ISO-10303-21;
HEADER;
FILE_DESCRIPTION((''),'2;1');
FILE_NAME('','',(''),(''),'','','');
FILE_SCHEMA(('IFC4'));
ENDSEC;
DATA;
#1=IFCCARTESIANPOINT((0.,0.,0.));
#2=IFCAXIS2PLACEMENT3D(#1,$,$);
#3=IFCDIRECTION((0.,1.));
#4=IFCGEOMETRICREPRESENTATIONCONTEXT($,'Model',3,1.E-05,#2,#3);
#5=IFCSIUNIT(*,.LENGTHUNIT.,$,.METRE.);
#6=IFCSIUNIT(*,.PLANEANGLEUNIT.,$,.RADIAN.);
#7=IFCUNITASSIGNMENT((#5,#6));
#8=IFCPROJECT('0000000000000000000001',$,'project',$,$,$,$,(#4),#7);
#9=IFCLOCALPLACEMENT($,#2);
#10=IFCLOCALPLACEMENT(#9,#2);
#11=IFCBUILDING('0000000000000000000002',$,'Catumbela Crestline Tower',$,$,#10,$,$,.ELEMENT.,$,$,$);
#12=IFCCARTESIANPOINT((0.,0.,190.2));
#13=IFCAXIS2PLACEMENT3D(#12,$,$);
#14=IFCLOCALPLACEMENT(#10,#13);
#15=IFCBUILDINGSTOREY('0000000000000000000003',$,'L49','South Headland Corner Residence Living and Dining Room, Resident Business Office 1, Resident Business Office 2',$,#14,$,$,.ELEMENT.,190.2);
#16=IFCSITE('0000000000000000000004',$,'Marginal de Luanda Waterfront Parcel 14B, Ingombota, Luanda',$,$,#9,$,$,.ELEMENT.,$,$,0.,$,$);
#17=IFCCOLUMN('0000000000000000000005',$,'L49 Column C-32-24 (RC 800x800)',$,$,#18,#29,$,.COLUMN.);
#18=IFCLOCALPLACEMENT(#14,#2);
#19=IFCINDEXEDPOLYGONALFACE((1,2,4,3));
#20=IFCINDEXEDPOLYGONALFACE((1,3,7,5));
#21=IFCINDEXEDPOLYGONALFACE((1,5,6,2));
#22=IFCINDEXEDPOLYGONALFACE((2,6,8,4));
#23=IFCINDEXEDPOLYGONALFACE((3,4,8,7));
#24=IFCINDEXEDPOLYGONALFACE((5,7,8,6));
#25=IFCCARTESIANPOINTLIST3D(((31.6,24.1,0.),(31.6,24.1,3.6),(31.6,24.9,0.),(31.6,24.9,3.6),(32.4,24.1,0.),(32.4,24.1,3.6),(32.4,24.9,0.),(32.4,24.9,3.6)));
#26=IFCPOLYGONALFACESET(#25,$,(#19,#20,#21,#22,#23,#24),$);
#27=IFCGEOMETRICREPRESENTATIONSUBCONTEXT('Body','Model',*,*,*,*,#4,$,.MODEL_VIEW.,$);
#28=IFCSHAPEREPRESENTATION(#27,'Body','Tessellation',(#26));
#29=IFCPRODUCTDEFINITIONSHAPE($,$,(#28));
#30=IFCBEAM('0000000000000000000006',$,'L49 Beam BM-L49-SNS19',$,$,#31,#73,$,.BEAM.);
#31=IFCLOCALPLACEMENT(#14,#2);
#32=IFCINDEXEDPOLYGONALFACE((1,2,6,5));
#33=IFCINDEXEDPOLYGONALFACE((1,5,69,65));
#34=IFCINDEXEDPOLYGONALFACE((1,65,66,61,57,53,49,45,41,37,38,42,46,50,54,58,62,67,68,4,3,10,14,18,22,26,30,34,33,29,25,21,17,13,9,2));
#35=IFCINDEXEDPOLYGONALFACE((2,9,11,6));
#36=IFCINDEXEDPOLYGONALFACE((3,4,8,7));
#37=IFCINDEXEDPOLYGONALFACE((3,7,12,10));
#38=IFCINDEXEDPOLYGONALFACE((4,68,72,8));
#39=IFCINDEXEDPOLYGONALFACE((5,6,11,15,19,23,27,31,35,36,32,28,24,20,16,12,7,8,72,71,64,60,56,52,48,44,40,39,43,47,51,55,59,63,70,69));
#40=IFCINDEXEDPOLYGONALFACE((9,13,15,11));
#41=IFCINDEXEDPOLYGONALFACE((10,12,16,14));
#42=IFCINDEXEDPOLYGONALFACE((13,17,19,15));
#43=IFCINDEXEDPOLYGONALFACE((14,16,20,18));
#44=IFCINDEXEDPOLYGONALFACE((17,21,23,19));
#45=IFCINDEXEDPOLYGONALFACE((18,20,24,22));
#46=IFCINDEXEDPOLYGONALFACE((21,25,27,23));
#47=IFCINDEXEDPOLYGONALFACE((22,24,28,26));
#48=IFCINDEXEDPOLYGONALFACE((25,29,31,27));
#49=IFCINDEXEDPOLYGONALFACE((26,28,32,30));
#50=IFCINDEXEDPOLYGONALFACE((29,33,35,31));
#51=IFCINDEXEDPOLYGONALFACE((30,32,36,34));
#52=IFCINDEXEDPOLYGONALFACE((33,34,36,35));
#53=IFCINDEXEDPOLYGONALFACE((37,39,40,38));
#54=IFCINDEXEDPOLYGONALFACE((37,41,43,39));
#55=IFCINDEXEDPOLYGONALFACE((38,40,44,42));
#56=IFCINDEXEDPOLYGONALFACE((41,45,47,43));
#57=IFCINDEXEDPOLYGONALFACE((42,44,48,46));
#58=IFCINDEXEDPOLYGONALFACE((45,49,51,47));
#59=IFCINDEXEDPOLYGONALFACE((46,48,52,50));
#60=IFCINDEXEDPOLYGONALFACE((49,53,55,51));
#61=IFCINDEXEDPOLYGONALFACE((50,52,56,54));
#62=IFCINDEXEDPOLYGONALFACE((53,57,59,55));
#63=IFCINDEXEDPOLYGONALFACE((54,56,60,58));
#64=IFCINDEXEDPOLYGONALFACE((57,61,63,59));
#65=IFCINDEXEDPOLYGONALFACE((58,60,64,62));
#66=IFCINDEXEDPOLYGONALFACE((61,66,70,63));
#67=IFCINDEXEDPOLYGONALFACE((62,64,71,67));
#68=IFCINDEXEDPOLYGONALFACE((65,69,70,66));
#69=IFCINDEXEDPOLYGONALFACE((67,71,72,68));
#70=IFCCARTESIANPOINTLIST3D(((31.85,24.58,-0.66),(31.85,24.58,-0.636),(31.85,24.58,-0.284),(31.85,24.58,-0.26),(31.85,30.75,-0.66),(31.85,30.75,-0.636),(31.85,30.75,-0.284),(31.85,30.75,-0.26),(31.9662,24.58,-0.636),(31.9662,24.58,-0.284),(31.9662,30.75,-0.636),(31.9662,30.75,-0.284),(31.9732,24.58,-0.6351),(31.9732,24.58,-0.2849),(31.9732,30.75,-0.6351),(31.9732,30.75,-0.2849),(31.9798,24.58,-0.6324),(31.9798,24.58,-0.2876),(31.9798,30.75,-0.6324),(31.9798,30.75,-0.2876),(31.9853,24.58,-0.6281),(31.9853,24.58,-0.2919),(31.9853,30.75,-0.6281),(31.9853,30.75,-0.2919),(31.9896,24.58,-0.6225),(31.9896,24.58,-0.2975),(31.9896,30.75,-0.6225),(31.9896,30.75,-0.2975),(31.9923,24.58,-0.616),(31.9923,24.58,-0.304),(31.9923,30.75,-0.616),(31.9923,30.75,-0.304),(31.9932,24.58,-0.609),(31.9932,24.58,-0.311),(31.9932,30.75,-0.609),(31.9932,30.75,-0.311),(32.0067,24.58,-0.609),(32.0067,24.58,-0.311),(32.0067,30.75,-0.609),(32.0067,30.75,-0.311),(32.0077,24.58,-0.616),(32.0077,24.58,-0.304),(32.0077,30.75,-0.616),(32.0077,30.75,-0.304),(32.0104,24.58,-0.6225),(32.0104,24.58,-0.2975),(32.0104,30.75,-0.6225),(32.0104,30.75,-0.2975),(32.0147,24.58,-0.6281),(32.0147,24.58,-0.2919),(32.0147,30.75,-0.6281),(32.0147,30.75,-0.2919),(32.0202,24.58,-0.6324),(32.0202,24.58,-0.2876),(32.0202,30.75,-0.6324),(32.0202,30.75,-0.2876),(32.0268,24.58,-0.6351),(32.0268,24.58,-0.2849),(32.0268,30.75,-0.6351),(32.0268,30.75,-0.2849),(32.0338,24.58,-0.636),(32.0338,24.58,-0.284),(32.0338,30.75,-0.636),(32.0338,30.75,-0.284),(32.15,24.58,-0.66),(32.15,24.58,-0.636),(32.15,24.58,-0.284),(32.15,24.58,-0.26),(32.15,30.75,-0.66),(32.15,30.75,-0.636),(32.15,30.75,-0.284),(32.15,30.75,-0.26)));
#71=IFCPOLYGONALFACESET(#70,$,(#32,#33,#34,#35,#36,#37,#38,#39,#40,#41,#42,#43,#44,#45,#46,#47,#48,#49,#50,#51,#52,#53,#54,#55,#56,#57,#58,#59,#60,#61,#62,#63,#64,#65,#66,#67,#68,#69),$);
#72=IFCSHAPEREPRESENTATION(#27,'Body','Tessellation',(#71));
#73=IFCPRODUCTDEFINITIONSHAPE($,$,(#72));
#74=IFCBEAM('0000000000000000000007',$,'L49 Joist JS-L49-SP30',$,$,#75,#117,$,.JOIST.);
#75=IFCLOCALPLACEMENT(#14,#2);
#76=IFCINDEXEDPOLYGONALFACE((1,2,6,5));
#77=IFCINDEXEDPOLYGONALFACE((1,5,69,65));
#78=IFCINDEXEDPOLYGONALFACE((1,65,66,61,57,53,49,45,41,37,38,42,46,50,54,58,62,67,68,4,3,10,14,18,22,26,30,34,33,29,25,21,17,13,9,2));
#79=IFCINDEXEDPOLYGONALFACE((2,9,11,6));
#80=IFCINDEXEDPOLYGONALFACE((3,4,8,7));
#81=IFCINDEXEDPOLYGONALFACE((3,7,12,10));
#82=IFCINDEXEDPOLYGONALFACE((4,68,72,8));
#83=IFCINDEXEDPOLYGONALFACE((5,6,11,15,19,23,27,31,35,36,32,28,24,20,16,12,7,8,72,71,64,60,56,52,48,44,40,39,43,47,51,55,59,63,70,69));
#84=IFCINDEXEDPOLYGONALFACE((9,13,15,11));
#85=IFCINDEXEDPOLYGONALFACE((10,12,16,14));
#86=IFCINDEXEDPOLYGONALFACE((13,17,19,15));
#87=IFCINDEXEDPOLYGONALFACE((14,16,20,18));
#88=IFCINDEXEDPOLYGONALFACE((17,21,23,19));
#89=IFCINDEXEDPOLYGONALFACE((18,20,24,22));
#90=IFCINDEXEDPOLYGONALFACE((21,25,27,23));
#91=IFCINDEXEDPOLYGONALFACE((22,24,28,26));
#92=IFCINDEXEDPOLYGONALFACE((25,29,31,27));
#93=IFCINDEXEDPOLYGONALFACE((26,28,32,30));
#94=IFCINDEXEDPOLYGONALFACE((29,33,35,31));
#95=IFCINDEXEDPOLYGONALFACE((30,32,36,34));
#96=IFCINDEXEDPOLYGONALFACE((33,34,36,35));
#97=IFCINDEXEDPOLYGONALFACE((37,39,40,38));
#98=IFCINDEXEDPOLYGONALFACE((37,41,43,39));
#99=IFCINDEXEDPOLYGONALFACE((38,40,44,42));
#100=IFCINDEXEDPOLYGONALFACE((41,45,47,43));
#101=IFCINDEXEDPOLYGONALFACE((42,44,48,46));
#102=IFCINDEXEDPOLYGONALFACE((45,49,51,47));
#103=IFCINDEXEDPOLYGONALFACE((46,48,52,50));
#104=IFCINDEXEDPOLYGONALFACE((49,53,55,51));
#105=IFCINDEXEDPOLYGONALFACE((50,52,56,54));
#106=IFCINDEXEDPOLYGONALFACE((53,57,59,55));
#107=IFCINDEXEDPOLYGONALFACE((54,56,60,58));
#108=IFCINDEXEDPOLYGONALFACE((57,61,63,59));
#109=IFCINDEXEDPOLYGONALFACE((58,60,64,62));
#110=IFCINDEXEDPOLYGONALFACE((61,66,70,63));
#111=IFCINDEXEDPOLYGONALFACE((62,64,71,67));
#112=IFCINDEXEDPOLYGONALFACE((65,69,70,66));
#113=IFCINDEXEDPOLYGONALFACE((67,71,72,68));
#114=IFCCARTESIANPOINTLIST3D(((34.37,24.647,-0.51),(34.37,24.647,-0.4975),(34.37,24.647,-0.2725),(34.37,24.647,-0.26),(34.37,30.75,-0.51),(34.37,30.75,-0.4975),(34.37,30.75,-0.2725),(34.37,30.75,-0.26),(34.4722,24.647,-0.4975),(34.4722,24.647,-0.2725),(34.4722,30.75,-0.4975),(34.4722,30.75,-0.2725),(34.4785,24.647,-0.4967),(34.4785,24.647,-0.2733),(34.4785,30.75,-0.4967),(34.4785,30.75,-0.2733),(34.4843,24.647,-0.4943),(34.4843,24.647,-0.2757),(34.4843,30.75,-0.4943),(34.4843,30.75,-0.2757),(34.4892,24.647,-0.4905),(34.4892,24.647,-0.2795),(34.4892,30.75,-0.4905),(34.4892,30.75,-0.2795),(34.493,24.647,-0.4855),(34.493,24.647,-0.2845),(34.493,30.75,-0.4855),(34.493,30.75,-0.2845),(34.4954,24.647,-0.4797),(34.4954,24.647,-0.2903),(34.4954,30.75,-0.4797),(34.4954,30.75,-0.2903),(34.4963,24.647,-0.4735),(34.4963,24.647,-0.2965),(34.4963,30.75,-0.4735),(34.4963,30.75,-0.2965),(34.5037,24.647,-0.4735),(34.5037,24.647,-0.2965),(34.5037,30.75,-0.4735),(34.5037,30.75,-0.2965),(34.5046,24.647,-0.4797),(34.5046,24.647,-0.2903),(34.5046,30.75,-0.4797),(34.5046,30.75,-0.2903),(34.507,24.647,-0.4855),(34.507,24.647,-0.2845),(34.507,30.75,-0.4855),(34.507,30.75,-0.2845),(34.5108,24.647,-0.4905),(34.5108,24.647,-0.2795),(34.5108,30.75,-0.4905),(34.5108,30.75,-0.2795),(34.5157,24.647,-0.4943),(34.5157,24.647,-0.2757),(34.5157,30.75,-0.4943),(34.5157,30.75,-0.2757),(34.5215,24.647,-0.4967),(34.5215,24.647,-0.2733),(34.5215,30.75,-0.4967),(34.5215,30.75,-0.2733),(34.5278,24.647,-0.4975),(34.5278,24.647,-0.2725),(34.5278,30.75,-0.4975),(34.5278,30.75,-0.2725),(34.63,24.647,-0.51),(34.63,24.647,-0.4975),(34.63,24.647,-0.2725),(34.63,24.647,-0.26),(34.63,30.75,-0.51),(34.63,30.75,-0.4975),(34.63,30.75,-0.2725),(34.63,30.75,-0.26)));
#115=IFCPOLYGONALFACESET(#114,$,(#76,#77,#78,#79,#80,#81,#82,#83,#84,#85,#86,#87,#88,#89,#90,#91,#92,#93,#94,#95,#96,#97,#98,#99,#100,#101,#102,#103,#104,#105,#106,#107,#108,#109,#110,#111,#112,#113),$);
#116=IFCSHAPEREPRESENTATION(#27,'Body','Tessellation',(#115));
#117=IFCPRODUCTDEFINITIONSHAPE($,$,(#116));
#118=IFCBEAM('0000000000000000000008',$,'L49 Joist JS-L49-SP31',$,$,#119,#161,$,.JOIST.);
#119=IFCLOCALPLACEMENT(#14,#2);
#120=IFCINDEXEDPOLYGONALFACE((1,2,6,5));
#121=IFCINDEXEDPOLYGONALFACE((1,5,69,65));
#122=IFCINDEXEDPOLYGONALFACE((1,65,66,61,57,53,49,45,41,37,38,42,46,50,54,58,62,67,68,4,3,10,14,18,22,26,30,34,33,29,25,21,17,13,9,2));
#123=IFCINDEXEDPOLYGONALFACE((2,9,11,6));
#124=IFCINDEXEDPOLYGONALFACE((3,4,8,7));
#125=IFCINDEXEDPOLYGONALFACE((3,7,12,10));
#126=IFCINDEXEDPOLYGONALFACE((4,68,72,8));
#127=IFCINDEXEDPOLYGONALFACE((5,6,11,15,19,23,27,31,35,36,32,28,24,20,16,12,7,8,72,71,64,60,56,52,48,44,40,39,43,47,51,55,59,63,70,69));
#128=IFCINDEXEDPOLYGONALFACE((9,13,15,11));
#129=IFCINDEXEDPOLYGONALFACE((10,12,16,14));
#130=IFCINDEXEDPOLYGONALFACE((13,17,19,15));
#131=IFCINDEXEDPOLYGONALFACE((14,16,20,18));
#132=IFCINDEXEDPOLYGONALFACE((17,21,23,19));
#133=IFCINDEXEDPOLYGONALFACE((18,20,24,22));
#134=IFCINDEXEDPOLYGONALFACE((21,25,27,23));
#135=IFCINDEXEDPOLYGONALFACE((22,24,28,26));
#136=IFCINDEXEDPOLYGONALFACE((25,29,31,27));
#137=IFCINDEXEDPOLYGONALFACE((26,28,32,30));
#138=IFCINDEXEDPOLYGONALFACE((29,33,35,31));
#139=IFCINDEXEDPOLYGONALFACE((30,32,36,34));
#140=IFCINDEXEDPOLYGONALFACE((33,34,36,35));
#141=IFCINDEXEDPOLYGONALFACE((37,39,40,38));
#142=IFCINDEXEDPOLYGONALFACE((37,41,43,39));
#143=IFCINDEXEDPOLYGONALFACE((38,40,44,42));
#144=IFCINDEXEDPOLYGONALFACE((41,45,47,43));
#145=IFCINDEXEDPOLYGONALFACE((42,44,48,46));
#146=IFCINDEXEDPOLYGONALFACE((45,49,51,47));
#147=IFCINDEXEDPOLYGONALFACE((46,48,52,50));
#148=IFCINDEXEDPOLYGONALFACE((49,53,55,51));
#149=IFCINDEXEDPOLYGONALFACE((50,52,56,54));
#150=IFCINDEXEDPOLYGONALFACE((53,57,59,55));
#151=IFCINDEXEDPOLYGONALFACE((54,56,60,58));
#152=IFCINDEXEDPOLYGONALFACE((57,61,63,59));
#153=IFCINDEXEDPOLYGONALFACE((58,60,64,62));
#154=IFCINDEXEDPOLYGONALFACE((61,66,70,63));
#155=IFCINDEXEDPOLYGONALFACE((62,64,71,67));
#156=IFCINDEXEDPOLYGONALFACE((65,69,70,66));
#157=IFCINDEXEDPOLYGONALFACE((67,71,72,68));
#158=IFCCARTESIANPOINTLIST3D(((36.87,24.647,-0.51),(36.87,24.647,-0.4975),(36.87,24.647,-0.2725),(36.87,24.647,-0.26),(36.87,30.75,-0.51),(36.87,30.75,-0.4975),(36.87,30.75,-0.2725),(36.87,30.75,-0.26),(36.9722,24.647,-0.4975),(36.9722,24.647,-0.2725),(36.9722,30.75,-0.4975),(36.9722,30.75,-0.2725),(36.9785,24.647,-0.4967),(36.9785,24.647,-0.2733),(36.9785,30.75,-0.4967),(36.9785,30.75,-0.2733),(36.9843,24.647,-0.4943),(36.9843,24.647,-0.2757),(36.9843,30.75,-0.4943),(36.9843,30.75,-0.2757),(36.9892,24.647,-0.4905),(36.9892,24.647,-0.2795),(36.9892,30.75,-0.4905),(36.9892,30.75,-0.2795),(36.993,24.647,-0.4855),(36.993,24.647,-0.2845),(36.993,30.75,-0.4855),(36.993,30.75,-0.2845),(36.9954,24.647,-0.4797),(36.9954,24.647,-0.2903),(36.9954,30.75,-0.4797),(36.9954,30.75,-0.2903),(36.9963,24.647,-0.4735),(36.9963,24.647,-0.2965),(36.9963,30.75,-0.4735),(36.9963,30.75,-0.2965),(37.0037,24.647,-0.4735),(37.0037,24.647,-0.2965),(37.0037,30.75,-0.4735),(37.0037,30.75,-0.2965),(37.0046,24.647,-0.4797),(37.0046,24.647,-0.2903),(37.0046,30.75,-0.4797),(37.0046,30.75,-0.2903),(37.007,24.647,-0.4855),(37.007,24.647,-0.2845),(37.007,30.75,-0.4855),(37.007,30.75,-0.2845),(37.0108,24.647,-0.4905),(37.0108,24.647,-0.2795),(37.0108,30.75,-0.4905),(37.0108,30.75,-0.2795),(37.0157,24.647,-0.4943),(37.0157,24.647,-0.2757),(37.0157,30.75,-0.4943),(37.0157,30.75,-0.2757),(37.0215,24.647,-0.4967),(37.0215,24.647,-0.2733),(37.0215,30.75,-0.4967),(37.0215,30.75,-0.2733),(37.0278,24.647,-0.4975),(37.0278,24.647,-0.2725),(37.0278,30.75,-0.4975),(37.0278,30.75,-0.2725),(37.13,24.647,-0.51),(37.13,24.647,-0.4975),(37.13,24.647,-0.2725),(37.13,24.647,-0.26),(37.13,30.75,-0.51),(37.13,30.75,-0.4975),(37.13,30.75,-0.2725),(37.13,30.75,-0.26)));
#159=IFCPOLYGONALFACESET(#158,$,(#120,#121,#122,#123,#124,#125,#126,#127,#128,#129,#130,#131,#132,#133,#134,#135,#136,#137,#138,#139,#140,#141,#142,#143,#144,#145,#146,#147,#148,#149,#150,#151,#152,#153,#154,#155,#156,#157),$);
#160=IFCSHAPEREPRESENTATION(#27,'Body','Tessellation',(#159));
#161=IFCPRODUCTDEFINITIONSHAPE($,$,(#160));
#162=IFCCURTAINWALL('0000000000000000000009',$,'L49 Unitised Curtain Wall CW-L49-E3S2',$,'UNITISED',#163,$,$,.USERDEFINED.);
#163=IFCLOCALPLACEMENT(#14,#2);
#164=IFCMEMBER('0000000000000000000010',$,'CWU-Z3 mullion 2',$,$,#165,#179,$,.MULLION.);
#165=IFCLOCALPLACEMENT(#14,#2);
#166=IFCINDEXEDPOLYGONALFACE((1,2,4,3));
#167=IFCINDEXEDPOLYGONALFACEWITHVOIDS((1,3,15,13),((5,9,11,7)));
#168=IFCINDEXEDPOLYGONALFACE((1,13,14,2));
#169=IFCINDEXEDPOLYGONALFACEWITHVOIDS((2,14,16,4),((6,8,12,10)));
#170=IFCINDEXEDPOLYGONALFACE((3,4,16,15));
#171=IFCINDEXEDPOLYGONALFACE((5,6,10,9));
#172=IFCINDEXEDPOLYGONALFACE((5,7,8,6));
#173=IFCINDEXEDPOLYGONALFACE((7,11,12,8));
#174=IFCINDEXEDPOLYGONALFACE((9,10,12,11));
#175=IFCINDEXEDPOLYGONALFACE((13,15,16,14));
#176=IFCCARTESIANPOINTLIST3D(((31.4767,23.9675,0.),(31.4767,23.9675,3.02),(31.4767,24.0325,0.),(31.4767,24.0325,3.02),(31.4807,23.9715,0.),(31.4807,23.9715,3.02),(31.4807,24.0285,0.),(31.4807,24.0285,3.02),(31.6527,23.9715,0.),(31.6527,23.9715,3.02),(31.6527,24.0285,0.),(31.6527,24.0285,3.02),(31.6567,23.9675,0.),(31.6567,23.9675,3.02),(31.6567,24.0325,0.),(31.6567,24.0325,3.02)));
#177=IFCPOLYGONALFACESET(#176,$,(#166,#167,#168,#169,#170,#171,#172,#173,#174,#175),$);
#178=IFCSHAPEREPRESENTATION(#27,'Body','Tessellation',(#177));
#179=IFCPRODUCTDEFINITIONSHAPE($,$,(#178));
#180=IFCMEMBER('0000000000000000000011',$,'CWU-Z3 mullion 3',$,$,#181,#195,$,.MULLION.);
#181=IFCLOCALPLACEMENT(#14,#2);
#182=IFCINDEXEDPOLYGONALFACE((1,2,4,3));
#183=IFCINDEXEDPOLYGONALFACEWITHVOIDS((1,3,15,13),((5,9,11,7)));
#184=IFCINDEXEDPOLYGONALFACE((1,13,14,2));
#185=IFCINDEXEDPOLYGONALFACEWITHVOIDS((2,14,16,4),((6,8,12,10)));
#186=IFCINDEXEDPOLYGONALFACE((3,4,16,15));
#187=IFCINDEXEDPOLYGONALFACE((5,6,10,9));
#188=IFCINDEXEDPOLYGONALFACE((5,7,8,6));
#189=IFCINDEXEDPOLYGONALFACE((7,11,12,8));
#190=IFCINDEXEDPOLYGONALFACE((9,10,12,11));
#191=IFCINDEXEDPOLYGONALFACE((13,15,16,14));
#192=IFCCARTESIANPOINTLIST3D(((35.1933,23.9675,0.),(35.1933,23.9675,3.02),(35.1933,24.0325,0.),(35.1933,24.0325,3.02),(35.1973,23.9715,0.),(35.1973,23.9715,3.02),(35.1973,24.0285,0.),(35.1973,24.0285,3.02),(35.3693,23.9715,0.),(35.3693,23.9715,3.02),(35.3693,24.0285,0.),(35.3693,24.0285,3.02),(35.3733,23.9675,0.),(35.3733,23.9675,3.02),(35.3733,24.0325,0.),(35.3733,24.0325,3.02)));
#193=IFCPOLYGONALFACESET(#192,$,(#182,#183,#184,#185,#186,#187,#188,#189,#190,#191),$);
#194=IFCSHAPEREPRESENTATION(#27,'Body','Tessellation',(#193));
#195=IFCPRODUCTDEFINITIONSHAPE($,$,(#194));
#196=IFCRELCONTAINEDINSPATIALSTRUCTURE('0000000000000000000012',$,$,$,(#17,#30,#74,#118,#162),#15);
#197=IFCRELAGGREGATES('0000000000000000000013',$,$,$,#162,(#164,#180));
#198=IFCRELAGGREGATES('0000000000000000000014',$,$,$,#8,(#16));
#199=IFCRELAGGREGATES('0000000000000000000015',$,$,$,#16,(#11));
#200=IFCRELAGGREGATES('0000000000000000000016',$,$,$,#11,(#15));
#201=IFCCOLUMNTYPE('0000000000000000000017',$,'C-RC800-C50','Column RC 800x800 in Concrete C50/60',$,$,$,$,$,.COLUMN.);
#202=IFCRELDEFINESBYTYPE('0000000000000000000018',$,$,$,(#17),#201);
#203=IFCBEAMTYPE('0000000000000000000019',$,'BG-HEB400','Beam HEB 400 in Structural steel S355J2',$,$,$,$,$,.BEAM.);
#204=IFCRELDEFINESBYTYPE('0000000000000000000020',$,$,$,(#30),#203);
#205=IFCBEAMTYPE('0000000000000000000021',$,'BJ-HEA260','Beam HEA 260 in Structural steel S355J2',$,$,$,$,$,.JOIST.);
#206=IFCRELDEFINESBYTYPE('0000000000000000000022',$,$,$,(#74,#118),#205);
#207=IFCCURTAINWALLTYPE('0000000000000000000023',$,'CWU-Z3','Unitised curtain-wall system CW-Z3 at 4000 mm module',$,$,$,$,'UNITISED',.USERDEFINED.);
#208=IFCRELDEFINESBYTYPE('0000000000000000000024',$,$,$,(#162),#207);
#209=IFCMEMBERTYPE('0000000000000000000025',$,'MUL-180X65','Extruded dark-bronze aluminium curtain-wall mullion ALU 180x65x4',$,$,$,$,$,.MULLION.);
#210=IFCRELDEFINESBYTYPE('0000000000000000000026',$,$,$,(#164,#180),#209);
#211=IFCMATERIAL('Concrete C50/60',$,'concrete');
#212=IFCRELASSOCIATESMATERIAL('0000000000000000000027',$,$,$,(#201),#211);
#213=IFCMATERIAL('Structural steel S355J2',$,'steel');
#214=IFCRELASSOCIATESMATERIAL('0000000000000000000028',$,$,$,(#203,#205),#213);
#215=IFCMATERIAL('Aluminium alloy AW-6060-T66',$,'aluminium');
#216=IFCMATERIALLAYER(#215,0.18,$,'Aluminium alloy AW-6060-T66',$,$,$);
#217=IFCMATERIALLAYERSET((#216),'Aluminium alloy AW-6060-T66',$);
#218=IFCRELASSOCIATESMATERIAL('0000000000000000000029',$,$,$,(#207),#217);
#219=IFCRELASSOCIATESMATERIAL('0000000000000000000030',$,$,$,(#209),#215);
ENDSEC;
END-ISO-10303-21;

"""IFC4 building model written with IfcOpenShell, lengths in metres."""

from ifc_helpers import new_model, si_unit, direction, frame, origin, origin_2d, place, context, subcontext, project, spatial, rectangle, hollow_rectangle, i_section, extrude, material, layer, layer_set, material_profile, profile_set, type_object, element, aggregate, save


model = new_model("IFC4")

# Units and contexts
model_context = context("Model", 3, precision=1e-05, world=origin(), true_north=direction((0.0, 1.0)))
body_context = subcontext(model_context, "Body", "Model", "MODEL_VIEW")
ifc_project = project(units=[si_unit("LENGTHUNIT", "METRE"), si_unit("PLANEANGLEUNIT", "RADIAN")], contexts=[model_context])

# Site, building, storey
site_placement = place(None, origin())
site = spatial("IfcSite", under=ifc_project, at=site_placement, Name="Marginal de Luanda Waterfront Parcel 14B, Ingombota, Luanda", CompositionType="ELEMENT", RefElevation=0.0)
building_placement = place(site_placement, origin())
building = spatial("IfcBuilding", under=site, at=building_placement, Name="Catumbela Crestline Tower", CompositionType="ELEMENT")
storey_placement = place(building_placement, frame((0.0, 0.0, 190.2)))
storey = spatial("IfcBuildingStorey", under=building, at=storey_placement, Name="L49", Description="South Headland Corner Residence Living and Dining Room, Resident Business Office 1, Resident Business Office 2", CompositionType="ELEMENT", Elevation=190.2)

# Column
ifc_material_1 = material(Name="Concrete C50/60", Category="concrete")
ifc_material_profile_1 = material_profile(ifc_material_1, rectangle(XDim=0.8, YDim=0.8, at=origin_2d()), Name="RC 800x800")
ifc_profile_set_1 = profile_set([ifc_material_profile_1], Name="Concrete C50/60")
column_type = type_object("IfcColumnType", Name="C-RC800-C50", Description="Column RC 800x800 in Concrete C50/60", PredefinedType="COLUMN", material=ifc_profile_set_1)
column_placement = place(storey_placement, frame((32.0, 24.5, 0.0), z_axis=(0.0, 0.0, 1.0), x_axis=(1.0, 0.0, 0.0)))
element("IfcColumn", 1, at=column_placement, inside=storey, type_object=column_type, Name="L49 Column C-32-24 (RC 800x800)", PredefinedType="COLUMN", context=body_context, shape_type="SweptSolid", body=[
    extrude(rectangle(XDim=0.8, YDim=0.8, at=origin_2d()), origin(), (0.0, 0.0, 1.0), 3.6),
])

# Beams
ifc_material_2 = material(Name="Structural steel S355J2", Category="steel")
ifc_material_profile_2 = material_profile(ifc_material_2, i_section(OverallWidth=0.3, OverallDepth=0.4, WebThickness=0.0135, FlangeThickness=0.024, FilletRadius=0.027, at=origin_2d()), Name="HEB 400")
ifc_profile_set_2 = profile_set([ifc_material_profile_2], Name="Structural steel S355J2")
beam_type_1 = type_object("IfcBeamType", Name="BG-HEB400", Description="Beam HEB 400 in Structural steel S355J2", PredefinedType="BEAM", material=ifc_profile_set_2)
beam_1_placement = place(storey_placement, frame((32.0, 24.58, -0.46), z_axis=(0.0, 1.0, 0.0), x_axis=(-1.0, 0.0, 0.0)))
element("IfcBeam", 2, at=beam_1_placement, inside=storey, type_object=beam_type_1, Name="L49 Beam BM-L49-SNS19", PredefinedType="BEAM", context=body_context, shape_type="SweptSolid", body=[
    extrude(i_section(OverallWidth=0.3, OverallDepth=0.4, WebThickness=0.0135, FlangeThickness=0.024, FilletRadius=0.027, at=origin_2d()), origin(), (0.0, 0.0, 1.0), 6.17),
])
ifc_material_profile_3 = material_profile(ifc_material_2, i_section(OverallWidth=0.26, OverallDepth=0.25, WebThickness=0.0075, FlangeThickness=0.0125, FilletRadius=0.024, at=origin_2d()), Name="HEA 260")
ifc_profile_set_3 = profile_set([ifc_material_profile_3], Name="Structural steel S355J2")
beam_type_2 = type_object("IfcBeamType", Name="BJ-HEA260", Description="Beam HEA 260 in Structural steel S355J2", PredefinedType="JOIST", material=ifc_profile_set_3)
for number, where, z_axis, x_axis, name in (
    (3, (34.5, 24.647, -0.385), (0.0, 1.0, 0.0), (-1.0, 0.0, 0.0), "L49 Joist JS-L49-SP30"),
    (4, (37.0, 24.647, -0.385), (0.0, 1.0, 0.0), (-1.0, 0.0, 0.0), "L49 Joist JS-L49-SP31"),
):
    element("IfcBeam", number, at=place(storey_placement, frame(where, z_axis=z_axis, x_axis=x_axis)), inside=storey, type_object=beam_type_2, Name=name, PredefinedType="JOIST", context=body_context, shape_type="SweptSolid", body=[
        extrude(i_section(OverallWidth=0.26, OverallDepth=0.25, WebThickness=0.0075, FlangeThickness=0.0125, FilletRadius=0.024, at=origin_2d()), origin(), (0.0, 0.0, 1.0), 6.103),
    ])

# Curtain wall, members
ifc_material_3 = material(Name="Aluminium alloy AW-6060-T66", Category="aluminium")
ifc_layer_1 = layer(ifc_material_3, 0.18, Name="Aluminium alloy AW-6060-T66")
ifc_layer_set_1 = layer_set([ifc_layer_1], Name="Aluminium alloy AW-6060-T66")
curtain_wall_type = type_object("IfcCurtainWallType", Name="CWU-Z3", Description="Unitised curtain-wall system CW-Z3 at 4000 mm module", ElementType="UNITISED", PredefinedType="USERDEFINED", material=ifc_layer_set_1)
curtain_wall_placement = place(storey_placement, origin())
curtain_wall = element("IfcCurtainWall", 5, at=curtain_wall_placement, inside=storey, type_object=curtain_wall_type, Name="L49 Unitised Curtain Wall CW-L49-E3S2", ObjectType="UNITISED", PredefinedType="USERDEFINED")
ifc_material_profile_4 = material_profile(ifc_material_3, hollow_rectangle(XDim=0.065, YDim=0.18, WallThickness=0.004, at=origin_2d()), Name="ALU 180x65x4")
ifc_profile_set_4 = profile_set([ifc_material_profile_4], Name="Aluminium alloy AW-6060-T66")
member_type_1 = type_object("IfcMemberType", Name="MUL-180X65", Description="Extruded dark-bronze aluminium curtain-wall mullion ALU 180x65x4", PredefinedType="MULLION", material=ifc_profile_set_4)
member_1_placement = place(storey_placement, frame((31.5667, 24.0, 0.0), z_axis=(0.0, 0.0, 1.0), x_axis=(0.0, 1.0, 0.0)))
member_1 = element("IfcMember", 6, at=member_1_placement, type_object=member_type_1, Name="CWU-Z3 mullion 2", PredefinedType="MULLION", context=body_context, shape_type="SweptSolid", body=[
    extrude(hollow_rectangle(XDim=0.065, YDim=0.18, WallThickness=0.004, at=origin_2d()), origin(), (0.0, 0.0, 1.0), 3.02),
])
member_2_placement = place(storey_placement, frame((35.2833, 24.0, 0.0), z_axis=(0.0, 0.0, 1.0), x_axis=(0.0, 1.0, 0.0)))
member_2 = element("IfcMember", 7, at=member_2_placement, type_object=member_type_1, Name="CWU-Z3 mullion 3", PredefinedType="MULLION", context=body_context, shape_type="SweptSolid", body=[
    extrude(hollow_rectangle(XDim=0.065, YDim=0.18, WallThickness=0.004, at=origin_2d()), origin(), (0.0, 0.0, 1.0), 3.02),
])

aggregate(curtain_wall, [member_1, member_2])

save(model, "model.ifc")
